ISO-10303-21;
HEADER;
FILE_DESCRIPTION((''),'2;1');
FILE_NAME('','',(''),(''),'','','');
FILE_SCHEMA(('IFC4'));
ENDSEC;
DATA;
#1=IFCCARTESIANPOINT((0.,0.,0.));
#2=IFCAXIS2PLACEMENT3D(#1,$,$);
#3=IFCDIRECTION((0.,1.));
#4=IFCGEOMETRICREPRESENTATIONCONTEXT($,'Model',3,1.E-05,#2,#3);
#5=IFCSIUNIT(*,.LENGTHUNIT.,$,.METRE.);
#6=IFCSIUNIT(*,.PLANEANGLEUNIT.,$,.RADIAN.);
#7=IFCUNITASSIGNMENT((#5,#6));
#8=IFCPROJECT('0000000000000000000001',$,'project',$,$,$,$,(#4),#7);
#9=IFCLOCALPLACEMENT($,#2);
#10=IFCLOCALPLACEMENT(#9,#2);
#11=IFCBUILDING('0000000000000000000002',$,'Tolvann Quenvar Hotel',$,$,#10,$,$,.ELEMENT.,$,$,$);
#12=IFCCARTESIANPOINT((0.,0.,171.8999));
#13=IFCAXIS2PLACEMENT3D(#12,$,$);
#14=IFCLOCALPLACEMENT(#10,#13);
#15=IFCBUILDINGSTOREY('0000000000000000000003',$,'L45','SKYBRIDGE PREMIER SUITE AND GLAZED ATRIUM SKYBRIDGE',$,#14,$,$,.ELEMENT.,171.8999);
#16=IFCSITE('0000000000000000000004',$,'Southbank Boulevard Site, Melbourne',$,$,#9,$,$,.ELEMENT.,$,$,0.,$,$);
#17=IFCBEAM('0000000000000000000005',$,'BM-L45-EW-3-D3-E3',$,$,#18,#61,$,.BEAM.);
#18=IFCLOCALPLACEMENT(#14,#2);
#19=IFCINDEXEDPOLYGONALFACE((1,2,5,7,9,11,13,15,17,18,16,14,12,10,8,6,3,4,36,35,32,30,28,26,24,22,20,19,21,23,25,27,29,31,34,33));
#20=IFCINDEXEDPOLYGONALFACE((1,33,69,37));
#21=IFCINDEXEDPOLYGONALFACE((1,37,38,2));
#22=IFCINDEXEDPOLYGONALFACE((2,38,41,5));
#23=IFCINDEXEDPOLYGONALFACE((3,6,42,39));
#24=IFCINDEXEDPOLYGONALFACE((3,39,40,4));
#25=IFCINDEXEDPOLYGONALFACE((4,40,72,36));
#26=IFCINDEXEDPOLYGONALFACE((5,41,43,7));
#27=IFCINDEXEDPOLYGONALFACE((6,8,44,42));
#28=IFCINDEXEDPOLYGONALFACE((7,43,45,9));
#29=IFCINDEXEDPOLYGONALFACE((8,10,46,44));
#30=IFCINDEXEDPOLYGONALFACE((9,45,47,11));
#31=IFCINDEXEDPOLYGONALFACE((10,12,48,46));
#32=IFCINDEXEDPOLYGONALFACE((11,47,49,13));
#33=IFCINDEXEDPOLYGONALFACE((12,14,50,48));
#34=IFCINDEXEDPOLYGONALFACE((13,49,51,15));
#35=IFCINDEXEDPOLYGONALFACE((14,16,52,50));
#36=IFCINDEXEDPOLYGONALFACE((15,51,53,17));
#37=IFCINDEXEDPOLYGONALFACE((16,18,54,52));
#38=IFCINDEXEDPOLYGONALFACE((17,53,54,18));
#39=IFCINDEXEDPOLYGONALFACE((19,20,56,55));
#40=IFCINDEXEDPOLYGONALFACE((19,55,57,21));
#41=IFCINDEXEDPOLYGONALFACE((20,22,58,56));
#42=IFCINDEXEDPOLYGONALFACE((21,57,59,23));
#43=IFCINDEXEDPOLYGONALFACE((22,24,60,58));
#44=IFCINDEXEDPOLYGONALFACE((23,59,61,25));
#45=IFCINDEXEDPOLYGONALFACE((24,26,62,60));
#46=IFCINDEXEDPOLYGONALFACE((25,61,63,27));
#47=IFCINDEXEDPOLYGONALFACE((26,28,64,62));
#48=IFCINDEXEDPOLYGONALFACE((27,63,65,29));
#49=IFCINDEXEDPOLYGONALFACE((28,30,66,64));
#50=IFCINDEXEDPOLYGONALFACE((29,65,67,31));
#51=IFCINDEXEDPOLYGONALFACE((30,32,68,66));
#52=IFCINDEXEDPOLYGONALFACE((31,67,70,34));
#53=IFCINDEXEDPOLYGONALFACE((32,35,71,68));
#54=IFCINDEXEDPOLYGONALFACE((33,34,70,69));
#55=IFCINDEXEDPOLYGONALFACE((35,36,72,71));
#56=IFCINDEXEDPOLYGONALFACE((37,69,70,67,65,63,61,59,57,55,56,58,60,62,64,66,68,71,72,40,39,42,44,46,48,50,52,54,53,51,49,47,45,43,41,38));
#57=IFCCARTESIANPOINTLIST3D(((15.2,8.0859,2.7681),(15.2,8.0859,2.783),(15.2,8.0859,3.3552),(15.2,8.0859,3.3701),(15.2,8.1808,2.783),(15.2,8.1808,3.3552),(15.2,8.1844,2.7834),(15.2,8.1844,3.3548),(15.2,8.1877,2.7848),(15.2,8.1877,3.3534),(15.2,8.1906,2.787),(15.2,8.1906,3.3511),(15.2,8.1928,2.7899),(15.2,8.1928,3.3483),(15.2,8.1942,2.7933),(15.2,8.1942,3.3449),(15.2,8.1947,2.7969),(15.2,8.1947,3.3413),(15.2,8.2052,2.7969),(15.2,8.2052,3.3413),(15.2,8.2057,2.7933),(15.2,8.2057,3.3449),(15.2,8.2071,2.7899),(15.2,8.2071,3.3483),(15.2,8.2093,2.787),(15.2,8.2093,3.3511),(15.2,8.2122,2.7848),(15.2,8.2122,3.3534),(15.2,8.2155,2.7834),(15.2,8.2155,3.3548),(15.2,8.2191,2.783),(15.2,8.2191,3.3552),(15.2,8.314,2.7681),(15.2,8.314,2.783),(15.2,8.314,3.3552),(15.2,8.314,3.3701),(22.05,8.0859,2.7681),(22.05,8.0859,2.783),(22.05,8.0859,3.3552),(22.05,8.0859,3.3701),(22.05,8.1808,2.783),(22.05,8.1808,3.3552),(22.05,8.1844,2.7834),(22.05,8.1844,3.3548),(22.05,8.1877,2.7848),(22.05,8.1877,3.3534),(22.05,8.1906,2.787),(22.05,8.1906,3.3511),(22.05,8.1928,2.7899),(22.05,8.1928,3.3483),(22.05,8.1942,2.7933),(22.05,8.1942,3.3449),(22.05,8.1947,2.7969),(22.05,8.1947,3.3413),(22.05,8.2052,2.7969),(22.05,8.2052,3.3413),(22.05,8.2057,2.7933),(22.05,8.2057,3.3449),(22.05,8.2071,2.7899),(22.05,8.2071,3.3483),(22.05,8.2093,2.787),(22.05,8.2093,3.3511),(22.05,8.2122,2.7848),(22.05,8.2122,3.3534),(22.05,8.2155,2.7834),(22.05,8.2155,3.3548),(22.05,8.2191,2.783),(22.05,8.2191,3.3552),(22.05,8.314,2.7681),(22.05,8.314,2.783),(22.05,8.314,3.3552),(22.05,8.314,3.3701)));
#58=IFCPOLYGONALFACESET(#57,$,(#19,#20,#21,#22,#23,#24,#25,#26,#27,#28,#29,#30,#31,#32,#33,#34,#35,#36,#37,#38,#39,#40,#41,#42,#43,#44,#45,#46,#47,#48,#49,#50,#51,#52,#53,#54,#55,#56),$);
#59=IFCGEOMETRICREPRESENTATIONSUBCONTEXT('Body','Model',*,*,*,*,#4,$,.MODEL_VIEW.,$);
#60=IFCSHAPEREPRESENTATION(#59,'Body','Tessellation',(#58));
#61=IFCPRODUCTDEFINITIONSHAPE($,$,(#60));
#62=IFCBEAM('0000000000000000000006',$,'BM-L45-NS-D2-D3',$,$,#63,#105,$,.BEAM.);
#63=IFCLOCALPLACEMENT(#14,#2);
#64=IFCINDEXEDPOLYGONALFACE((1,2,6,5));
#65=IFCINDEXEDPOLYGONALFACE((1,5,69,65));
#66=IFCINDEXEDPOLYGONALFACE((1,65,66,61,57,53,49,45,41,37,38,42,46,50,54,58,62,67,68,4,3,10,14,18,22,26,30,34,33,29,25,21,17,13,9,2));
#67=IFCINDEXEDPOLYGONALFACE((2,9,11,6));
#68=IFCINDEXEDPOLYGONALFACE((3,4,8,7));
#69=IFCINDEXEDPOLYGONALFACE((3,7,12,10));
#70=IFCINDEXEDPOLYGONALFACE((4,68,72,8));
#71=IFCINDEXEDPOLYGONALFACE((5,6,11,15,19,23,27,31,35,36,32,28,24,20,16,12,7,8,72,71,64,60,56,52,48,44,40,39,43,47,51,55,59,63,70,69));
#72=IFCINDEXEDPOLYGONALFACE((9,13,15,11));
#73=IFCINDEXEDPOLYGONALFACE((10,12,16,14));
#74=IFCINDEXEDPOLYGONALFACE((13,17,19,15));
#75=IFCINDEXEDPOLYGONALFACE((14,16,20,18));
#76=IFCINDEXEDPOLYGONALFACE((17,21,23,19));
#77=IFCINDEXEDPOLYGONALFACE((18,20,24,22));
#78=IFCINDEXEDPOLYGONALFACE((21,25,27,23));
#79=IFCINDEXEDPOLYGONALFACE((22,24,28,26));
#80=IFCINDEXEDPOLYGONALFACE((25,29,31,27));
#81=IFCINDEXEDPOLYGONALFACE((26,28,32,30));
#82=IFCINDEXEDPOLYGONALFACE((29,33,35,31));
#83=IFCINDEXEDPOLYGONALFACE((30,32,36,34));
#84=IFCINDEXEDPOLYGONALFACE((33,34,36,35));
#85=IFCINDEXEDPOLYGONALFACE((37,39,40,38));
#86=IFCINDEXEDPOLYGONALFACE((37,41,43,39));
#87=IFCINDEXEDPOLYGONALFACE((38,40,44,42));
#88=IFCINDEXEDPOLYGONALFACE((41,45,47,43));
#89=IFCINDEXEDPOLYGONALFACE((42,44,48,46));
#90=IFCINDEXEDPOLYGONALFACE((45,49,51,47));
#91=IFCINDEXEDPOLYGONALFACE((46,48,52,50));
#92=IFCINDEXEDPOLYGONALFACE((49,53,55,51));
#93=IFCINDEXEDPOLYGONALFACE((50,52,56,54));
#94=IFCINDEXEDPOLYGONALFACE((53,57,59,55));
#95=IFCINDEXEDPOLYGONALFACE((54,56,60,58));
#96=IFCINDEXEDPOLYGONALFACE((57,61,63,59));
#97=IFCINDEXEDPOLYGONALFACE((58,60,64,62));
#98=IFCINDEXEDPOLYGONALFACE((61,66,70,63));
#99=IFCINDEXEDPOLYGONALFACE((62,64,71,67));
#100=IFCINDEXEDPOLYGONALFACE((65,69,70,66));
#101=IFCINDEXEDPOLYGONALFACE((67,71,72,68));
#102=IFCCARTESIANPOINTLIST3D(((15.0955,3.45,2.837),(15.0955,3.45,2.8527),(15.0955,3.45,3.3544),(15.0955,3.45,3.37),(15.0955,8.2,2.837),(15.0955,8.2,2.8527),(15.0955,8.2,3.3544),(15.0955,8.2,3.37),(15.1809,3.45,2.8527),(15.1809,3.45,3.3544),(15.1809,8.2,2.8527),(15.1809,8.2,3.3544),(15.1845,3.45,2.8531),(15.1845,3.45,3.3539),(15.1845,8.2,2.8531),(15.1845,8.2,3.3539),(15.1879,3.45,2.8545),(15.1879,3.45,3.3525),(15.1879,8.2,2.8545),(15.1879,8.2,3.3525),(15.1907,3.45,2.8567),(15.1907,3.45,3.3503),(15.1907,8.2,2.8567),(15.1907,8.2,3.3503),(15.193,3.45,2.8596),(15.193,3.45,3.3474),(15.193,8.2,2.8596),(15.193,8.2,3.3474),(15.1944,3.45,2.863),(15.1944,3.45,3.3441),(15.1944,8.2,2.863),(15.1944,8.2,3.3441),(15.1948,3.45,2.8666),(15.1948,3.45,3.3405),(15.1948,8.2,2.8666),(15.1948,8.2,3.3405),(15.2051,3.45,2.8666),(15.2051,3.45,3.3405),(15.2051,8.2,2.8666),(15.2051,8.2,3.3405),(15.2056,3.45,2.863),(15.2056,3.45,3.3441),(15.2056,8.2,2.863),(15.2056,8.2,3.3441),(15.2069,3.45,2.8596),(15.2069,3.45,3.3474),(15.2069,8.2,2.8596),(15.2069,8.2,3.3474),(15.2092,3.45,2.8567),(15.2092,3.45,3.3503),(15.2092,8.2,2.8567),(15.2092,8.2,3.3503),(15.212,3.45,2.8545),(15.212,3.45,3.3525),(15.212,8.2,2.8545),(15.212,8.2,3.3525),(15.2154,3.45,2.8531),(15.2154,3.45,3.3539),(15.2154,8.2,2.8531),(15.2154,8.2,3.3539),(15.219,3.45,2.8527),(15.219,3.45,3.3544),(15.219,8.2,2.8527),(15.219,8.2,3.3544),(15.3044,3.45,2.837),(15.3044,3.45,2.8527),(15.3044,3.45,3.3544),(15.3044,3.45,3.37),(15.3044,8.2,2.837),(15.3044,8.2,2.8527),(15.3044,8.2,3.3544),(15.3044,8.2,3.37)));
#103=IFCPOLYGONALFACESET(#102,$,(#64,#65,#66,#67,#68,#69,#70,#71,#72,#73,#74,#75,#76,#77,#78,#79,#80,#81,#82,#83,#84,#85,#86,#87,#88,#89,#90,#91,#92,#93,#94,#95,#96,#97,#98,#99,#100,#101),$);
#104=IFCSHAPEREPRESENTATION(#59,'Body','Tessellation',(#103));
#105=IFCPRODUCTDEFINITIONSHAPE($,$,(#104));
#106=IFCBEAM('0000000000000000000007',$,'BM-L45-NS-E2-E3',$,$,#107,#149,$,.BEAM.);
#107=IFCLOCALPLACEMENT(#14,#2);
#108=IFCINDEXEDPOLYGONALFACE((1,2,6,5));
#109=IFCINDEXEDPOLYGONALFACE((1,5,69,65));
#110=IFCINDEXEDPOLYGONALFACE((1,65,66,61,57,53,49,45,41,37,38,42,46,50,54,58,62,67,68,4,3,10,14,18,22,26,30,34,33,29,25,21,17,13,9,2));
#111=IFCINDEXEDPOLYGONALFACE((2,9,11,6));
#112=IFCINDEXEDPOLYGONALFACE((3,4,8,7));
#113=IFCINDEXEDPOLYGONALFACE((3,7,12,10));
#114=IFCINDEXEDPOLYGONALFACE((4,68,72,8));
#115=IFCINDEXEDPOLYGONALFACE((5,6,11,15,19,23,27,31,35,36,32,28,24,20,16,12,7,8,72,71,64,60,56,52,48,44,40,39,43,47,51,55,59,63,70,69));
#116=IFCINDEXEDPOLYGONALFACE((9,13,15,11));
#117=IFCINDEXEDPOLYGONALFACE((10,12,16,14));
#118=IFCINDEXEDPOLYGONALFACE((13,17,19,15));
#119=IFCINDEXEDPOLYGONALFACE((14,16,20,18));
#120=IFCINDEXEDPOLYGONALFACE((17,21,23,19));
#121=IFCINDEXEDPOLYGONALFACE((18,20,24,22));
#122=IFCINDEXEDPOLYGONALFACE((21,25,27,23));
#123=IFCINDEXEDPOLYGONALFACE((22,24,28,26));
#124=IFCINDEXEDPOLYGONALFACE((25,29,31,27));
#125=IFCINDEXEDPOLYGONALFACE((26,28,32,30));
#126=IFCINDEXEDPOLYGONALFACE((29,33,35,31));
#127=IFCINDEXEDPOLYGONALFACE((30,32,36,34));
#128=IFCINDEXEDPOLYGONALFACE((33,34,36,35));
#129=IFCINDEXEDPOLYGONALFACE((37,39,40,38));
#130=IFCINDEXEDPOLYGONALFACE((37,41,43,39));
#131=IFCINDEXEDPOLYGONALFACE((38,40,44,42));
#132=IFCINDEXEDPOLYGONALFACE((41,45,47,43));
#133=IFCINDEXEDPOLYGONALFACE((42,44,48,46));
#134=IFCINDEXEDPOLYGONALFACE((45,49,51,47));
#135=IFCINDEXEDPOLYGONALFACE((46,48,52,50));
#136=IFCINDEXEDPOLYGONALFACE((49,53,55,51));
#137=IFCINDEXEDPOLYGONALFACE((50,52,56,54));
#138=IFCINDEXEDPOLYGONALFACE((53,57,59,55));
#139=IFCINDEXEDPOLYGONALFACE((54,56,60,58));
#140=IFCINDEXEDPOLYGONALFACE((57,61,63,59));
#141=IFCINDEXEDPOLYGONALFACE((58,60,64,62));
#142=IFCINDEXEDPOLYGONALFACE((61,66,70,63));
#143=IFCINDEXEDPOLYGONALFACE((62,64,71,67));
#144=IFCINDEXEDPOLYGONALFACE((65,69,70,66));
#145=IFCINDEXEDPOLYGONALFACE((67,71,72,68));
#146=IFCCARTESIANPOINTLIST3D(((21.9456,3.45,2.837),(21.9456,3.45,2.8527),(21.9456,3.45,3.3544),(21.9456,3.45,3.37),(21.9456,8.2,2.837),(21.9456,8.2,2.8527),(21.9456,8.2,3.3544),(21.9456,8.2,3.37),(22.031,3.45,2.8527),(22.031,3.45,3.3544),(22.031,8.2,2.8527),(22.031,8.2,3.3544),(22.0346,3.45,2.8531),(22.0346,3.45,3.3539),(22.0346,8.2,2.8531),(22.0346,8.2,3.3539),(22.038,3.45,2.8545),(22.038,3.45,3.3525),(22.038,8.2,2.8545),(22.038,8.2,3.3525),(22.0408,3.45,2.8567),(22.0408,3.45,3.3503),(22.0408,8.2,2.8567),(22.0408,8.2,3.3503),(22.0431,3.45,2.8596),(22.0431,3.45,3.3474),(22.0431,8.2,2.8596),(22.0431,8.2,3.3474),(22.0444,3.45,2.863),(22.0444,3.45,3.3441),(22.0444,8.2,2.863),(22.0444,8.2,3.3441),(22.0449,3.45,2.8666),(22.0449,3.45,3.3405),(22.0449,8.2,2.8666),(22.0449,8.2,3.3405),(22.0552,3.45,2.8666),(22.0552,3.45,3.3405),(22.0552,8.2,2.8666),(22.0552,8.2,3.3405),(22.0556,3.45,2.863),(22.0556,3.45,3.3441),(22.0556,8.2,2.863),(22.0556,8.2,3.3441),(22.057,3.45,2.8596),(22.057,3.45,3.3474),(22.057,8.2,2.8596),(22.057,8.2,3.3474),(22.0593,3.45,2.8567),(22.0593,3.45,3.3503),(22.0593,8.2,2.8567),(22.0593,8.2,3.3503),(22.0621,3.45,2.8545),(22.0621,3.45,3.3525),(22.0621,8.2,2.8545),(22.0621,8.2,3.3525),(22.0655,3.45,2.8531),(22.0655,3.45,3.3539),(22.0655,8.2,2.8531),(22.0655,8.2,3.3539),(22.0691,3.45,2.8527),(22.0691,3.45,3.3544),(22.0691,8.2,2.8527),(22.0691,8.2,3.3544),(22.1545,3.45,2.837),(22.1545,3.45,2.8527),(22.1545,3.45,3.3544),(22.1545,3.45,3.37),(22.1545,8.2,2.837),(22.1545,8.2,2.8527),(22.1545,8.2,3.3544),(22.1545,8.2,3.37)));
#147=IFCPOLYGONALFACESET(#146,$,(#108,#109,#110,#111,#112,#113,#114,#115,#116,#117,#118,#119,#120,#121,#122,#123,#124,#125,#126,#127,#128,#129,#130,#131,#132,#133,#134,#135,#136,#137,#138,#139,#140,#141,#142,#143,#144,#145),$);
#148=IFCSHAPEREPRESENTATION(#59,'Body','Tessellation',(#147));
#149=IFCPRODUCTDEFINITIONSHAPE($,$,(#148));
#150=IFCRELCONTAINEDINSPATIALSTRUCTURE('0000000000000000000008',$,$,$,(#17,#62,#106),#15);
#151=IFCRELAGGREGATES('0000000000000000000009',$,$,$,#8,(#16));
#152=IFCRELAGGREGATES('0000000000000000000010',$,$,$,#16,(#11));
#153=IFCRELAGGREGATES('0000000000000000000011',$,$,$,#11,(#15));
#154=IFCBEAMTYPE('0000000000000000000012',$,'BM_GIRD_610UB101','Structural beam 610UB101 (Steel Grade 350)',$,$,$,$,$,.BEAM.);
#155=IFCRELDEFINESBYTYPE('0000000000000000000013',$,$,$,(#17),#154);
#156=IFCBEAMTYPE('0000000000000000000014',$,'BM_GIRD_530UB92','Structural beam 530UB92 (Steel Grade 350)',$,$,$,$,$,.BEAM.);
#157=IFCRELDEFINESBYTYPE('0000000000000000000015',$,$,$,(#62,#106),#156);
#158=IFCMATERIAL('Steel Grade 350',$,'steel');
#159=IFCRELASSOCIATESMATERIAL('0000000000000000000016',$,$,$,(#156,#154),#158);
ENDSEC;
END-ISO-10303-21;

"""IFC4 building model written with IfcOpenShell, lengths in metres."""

from ifc_helpers import new_model, si_unit, direction, frame, origin, origin_2d, place, context, subcontext, project, spatial, i_section, extrude, source, transform, mapped, material, material_profile, profile_set, type_object, type_shapes, element, save


model = new_model("IFC4")

# Units and contexts
model_context = context("Model", 3, precision=1e-05, world=origin(), true_north=direction((0.0, 1.0)))
body_context = subcontext(model_context, "Body", "Model", "MODEL_VIEW")
ifc_project = project(units=[si_unit("LENGTHUNIT", "METRE"), si_unit("PLANEANGLEUNIT", "RADIAN")], contexts=[model_context])

# Site, building, storey
site_placement = place(None, origin())
site = spatial("IfcSite", under=ifc_project, at=site_placement, Name="Southbank Boulevard Site, Melbourne", CompositionType="ELEMENT", RefElevation=0.0)
building_placement = place(site_placement, origin())
building = spatial("IfcBuilding", under=site, at=building_placement, Name="Tolvann Quenvar Hotel", CompositionType="ELEMENT")
storey_placement = place(building_placement, frame((0.0, 0.0, 171.8999)))
storey = spatial("IfcBuildingStorey", under=building, at=storey_placement, Name="L45", Description="SKYBRIDGE PREMIER SUITE AND GLAZED ATRIUM SKYBRIDGE", CompositionType="ELEMENT", Elevation=171.8999)

# Shared definitions
ifc_material_1 = material(Name="Steel Grade 350", Category="steel")

# Beams
ifc_material_profile_1 = material_profile(ifc_material_1, i_section(OverallWidth=0.209, OverallDepth=0.533, WebThickness=0.0103, FlangeThickness=0.0156, FilletRadius=0.0139, at=origin_2d()), Name="530UB92")
ifc_profile_set_1 = profile_set([ifc_material_profile_1], Name="Steel Grade 350")
beam_type_1 = type_object("IfcBeamType", Name="BM_GIRD_530UB92", Description="Structural beam 530UB92 (Steel Grade 350)", PredefinedType="BEAM", material=ifc_profile_set_1)
ifc_material_profile_2 = material_profile(ifc_material_1, i_section(OverallWidth=0.228, OverallDepth=0.6021, WebThickness=0.0105, FlangeThickness=0.0149, FilletRadius=0.0139, at=origin_2d()), Name="610UB101")
ifc_profile_set_2 = profile_set([ifc_material_profile_2], Name="Steel Grade 350")
beam_type_2 = type_object("IfcBeamType", Name="BM_GIRD_610UB101", Description="Structural beam 610UB101 (Steel Grade 350)", PredefinedType="BEAM", material=ifc_profile_set_2)
shared_shape_1 = source(origin(), body_context, "Body", "SweptSolid", [
    extrude(i_section(OverallWidth=0.228, OverallDepth=0.6021, WebThickness=0.0105, FlangeThickness=0.0149, FilletRadius=0.0139, at=origin_2d()), origin(), (0.0, 0.0, 1.0), 6.8501),
])
type_shapes(beam_type_2, [shared_shape_1])
beam_1_placement = place(storey_placement, frame((15.2, 8.2, 3.0691), z_axis=(1.0, 0.0, 0.0), x_axis=(0.0, 1.0, 0.0)))
element("IfcBeam", 1, at=beam_1_placement, inside=storey, type_object=beam_type_2, Name="BM-L45-EW-3-D3-E3", PredefinedType="BEAM", context=body_context, shape_type="MappedRepresentation", body=[
    mapped(shared_shape_1, transform((0.0, 0.0, 0.0), x_axis=(1.0, 0.0, 0.0), y_axis=(0.0, 1.0, 0.0), z_axis=(0.0, 0.0, 1.0), scale=1.0)),
])
shared_shape_2 = source(origin(), body_context, "Body", "SweptSolid", [
    extrude(i_section(OverallWidth=0.209, OverallDepth=0.533, WebThickness=0.0103, FlangeThickness=0.0156, FilletRadius=0.0139, at=origin_2d()), origin(), (0.0, 0.0, 1.0), 4.75),
])
for number, where, z_axis, x_axis, name in (
    (2, (15.2, 3.45, 3.1035), (0.0, 1.0, 0.0), (-1.0, 0.0, 0.0), "BM-L45-NS-D2-D3"),
    (3, (22.05, 3.45, 3.1035), (0.0, 1.0, 0.0), (-1.0, 0.0, 0.0), "BM-L45-NS-E2-E3"),
):
    element("IfcBeam", number, at=place(storey_placement, frame(where, z_axis=z_axis, x_axis=x_axis)), inside=storey, type_object=beam_type_1, Name=name, PredefinedType="BEAM", context=body_context, shape_type="MappedRepresentation", body=[
        mapped(shared_shape_2, transform((0.0, 0.0, 0.0), x_axis=(1.0, 0.0, 0.0), y_axis=(0.0, 1.0, 0.0), z_axis=(0.0, 0.0, 1.0), scale=1.0)),
    ])

save(model, "model.ifc")
